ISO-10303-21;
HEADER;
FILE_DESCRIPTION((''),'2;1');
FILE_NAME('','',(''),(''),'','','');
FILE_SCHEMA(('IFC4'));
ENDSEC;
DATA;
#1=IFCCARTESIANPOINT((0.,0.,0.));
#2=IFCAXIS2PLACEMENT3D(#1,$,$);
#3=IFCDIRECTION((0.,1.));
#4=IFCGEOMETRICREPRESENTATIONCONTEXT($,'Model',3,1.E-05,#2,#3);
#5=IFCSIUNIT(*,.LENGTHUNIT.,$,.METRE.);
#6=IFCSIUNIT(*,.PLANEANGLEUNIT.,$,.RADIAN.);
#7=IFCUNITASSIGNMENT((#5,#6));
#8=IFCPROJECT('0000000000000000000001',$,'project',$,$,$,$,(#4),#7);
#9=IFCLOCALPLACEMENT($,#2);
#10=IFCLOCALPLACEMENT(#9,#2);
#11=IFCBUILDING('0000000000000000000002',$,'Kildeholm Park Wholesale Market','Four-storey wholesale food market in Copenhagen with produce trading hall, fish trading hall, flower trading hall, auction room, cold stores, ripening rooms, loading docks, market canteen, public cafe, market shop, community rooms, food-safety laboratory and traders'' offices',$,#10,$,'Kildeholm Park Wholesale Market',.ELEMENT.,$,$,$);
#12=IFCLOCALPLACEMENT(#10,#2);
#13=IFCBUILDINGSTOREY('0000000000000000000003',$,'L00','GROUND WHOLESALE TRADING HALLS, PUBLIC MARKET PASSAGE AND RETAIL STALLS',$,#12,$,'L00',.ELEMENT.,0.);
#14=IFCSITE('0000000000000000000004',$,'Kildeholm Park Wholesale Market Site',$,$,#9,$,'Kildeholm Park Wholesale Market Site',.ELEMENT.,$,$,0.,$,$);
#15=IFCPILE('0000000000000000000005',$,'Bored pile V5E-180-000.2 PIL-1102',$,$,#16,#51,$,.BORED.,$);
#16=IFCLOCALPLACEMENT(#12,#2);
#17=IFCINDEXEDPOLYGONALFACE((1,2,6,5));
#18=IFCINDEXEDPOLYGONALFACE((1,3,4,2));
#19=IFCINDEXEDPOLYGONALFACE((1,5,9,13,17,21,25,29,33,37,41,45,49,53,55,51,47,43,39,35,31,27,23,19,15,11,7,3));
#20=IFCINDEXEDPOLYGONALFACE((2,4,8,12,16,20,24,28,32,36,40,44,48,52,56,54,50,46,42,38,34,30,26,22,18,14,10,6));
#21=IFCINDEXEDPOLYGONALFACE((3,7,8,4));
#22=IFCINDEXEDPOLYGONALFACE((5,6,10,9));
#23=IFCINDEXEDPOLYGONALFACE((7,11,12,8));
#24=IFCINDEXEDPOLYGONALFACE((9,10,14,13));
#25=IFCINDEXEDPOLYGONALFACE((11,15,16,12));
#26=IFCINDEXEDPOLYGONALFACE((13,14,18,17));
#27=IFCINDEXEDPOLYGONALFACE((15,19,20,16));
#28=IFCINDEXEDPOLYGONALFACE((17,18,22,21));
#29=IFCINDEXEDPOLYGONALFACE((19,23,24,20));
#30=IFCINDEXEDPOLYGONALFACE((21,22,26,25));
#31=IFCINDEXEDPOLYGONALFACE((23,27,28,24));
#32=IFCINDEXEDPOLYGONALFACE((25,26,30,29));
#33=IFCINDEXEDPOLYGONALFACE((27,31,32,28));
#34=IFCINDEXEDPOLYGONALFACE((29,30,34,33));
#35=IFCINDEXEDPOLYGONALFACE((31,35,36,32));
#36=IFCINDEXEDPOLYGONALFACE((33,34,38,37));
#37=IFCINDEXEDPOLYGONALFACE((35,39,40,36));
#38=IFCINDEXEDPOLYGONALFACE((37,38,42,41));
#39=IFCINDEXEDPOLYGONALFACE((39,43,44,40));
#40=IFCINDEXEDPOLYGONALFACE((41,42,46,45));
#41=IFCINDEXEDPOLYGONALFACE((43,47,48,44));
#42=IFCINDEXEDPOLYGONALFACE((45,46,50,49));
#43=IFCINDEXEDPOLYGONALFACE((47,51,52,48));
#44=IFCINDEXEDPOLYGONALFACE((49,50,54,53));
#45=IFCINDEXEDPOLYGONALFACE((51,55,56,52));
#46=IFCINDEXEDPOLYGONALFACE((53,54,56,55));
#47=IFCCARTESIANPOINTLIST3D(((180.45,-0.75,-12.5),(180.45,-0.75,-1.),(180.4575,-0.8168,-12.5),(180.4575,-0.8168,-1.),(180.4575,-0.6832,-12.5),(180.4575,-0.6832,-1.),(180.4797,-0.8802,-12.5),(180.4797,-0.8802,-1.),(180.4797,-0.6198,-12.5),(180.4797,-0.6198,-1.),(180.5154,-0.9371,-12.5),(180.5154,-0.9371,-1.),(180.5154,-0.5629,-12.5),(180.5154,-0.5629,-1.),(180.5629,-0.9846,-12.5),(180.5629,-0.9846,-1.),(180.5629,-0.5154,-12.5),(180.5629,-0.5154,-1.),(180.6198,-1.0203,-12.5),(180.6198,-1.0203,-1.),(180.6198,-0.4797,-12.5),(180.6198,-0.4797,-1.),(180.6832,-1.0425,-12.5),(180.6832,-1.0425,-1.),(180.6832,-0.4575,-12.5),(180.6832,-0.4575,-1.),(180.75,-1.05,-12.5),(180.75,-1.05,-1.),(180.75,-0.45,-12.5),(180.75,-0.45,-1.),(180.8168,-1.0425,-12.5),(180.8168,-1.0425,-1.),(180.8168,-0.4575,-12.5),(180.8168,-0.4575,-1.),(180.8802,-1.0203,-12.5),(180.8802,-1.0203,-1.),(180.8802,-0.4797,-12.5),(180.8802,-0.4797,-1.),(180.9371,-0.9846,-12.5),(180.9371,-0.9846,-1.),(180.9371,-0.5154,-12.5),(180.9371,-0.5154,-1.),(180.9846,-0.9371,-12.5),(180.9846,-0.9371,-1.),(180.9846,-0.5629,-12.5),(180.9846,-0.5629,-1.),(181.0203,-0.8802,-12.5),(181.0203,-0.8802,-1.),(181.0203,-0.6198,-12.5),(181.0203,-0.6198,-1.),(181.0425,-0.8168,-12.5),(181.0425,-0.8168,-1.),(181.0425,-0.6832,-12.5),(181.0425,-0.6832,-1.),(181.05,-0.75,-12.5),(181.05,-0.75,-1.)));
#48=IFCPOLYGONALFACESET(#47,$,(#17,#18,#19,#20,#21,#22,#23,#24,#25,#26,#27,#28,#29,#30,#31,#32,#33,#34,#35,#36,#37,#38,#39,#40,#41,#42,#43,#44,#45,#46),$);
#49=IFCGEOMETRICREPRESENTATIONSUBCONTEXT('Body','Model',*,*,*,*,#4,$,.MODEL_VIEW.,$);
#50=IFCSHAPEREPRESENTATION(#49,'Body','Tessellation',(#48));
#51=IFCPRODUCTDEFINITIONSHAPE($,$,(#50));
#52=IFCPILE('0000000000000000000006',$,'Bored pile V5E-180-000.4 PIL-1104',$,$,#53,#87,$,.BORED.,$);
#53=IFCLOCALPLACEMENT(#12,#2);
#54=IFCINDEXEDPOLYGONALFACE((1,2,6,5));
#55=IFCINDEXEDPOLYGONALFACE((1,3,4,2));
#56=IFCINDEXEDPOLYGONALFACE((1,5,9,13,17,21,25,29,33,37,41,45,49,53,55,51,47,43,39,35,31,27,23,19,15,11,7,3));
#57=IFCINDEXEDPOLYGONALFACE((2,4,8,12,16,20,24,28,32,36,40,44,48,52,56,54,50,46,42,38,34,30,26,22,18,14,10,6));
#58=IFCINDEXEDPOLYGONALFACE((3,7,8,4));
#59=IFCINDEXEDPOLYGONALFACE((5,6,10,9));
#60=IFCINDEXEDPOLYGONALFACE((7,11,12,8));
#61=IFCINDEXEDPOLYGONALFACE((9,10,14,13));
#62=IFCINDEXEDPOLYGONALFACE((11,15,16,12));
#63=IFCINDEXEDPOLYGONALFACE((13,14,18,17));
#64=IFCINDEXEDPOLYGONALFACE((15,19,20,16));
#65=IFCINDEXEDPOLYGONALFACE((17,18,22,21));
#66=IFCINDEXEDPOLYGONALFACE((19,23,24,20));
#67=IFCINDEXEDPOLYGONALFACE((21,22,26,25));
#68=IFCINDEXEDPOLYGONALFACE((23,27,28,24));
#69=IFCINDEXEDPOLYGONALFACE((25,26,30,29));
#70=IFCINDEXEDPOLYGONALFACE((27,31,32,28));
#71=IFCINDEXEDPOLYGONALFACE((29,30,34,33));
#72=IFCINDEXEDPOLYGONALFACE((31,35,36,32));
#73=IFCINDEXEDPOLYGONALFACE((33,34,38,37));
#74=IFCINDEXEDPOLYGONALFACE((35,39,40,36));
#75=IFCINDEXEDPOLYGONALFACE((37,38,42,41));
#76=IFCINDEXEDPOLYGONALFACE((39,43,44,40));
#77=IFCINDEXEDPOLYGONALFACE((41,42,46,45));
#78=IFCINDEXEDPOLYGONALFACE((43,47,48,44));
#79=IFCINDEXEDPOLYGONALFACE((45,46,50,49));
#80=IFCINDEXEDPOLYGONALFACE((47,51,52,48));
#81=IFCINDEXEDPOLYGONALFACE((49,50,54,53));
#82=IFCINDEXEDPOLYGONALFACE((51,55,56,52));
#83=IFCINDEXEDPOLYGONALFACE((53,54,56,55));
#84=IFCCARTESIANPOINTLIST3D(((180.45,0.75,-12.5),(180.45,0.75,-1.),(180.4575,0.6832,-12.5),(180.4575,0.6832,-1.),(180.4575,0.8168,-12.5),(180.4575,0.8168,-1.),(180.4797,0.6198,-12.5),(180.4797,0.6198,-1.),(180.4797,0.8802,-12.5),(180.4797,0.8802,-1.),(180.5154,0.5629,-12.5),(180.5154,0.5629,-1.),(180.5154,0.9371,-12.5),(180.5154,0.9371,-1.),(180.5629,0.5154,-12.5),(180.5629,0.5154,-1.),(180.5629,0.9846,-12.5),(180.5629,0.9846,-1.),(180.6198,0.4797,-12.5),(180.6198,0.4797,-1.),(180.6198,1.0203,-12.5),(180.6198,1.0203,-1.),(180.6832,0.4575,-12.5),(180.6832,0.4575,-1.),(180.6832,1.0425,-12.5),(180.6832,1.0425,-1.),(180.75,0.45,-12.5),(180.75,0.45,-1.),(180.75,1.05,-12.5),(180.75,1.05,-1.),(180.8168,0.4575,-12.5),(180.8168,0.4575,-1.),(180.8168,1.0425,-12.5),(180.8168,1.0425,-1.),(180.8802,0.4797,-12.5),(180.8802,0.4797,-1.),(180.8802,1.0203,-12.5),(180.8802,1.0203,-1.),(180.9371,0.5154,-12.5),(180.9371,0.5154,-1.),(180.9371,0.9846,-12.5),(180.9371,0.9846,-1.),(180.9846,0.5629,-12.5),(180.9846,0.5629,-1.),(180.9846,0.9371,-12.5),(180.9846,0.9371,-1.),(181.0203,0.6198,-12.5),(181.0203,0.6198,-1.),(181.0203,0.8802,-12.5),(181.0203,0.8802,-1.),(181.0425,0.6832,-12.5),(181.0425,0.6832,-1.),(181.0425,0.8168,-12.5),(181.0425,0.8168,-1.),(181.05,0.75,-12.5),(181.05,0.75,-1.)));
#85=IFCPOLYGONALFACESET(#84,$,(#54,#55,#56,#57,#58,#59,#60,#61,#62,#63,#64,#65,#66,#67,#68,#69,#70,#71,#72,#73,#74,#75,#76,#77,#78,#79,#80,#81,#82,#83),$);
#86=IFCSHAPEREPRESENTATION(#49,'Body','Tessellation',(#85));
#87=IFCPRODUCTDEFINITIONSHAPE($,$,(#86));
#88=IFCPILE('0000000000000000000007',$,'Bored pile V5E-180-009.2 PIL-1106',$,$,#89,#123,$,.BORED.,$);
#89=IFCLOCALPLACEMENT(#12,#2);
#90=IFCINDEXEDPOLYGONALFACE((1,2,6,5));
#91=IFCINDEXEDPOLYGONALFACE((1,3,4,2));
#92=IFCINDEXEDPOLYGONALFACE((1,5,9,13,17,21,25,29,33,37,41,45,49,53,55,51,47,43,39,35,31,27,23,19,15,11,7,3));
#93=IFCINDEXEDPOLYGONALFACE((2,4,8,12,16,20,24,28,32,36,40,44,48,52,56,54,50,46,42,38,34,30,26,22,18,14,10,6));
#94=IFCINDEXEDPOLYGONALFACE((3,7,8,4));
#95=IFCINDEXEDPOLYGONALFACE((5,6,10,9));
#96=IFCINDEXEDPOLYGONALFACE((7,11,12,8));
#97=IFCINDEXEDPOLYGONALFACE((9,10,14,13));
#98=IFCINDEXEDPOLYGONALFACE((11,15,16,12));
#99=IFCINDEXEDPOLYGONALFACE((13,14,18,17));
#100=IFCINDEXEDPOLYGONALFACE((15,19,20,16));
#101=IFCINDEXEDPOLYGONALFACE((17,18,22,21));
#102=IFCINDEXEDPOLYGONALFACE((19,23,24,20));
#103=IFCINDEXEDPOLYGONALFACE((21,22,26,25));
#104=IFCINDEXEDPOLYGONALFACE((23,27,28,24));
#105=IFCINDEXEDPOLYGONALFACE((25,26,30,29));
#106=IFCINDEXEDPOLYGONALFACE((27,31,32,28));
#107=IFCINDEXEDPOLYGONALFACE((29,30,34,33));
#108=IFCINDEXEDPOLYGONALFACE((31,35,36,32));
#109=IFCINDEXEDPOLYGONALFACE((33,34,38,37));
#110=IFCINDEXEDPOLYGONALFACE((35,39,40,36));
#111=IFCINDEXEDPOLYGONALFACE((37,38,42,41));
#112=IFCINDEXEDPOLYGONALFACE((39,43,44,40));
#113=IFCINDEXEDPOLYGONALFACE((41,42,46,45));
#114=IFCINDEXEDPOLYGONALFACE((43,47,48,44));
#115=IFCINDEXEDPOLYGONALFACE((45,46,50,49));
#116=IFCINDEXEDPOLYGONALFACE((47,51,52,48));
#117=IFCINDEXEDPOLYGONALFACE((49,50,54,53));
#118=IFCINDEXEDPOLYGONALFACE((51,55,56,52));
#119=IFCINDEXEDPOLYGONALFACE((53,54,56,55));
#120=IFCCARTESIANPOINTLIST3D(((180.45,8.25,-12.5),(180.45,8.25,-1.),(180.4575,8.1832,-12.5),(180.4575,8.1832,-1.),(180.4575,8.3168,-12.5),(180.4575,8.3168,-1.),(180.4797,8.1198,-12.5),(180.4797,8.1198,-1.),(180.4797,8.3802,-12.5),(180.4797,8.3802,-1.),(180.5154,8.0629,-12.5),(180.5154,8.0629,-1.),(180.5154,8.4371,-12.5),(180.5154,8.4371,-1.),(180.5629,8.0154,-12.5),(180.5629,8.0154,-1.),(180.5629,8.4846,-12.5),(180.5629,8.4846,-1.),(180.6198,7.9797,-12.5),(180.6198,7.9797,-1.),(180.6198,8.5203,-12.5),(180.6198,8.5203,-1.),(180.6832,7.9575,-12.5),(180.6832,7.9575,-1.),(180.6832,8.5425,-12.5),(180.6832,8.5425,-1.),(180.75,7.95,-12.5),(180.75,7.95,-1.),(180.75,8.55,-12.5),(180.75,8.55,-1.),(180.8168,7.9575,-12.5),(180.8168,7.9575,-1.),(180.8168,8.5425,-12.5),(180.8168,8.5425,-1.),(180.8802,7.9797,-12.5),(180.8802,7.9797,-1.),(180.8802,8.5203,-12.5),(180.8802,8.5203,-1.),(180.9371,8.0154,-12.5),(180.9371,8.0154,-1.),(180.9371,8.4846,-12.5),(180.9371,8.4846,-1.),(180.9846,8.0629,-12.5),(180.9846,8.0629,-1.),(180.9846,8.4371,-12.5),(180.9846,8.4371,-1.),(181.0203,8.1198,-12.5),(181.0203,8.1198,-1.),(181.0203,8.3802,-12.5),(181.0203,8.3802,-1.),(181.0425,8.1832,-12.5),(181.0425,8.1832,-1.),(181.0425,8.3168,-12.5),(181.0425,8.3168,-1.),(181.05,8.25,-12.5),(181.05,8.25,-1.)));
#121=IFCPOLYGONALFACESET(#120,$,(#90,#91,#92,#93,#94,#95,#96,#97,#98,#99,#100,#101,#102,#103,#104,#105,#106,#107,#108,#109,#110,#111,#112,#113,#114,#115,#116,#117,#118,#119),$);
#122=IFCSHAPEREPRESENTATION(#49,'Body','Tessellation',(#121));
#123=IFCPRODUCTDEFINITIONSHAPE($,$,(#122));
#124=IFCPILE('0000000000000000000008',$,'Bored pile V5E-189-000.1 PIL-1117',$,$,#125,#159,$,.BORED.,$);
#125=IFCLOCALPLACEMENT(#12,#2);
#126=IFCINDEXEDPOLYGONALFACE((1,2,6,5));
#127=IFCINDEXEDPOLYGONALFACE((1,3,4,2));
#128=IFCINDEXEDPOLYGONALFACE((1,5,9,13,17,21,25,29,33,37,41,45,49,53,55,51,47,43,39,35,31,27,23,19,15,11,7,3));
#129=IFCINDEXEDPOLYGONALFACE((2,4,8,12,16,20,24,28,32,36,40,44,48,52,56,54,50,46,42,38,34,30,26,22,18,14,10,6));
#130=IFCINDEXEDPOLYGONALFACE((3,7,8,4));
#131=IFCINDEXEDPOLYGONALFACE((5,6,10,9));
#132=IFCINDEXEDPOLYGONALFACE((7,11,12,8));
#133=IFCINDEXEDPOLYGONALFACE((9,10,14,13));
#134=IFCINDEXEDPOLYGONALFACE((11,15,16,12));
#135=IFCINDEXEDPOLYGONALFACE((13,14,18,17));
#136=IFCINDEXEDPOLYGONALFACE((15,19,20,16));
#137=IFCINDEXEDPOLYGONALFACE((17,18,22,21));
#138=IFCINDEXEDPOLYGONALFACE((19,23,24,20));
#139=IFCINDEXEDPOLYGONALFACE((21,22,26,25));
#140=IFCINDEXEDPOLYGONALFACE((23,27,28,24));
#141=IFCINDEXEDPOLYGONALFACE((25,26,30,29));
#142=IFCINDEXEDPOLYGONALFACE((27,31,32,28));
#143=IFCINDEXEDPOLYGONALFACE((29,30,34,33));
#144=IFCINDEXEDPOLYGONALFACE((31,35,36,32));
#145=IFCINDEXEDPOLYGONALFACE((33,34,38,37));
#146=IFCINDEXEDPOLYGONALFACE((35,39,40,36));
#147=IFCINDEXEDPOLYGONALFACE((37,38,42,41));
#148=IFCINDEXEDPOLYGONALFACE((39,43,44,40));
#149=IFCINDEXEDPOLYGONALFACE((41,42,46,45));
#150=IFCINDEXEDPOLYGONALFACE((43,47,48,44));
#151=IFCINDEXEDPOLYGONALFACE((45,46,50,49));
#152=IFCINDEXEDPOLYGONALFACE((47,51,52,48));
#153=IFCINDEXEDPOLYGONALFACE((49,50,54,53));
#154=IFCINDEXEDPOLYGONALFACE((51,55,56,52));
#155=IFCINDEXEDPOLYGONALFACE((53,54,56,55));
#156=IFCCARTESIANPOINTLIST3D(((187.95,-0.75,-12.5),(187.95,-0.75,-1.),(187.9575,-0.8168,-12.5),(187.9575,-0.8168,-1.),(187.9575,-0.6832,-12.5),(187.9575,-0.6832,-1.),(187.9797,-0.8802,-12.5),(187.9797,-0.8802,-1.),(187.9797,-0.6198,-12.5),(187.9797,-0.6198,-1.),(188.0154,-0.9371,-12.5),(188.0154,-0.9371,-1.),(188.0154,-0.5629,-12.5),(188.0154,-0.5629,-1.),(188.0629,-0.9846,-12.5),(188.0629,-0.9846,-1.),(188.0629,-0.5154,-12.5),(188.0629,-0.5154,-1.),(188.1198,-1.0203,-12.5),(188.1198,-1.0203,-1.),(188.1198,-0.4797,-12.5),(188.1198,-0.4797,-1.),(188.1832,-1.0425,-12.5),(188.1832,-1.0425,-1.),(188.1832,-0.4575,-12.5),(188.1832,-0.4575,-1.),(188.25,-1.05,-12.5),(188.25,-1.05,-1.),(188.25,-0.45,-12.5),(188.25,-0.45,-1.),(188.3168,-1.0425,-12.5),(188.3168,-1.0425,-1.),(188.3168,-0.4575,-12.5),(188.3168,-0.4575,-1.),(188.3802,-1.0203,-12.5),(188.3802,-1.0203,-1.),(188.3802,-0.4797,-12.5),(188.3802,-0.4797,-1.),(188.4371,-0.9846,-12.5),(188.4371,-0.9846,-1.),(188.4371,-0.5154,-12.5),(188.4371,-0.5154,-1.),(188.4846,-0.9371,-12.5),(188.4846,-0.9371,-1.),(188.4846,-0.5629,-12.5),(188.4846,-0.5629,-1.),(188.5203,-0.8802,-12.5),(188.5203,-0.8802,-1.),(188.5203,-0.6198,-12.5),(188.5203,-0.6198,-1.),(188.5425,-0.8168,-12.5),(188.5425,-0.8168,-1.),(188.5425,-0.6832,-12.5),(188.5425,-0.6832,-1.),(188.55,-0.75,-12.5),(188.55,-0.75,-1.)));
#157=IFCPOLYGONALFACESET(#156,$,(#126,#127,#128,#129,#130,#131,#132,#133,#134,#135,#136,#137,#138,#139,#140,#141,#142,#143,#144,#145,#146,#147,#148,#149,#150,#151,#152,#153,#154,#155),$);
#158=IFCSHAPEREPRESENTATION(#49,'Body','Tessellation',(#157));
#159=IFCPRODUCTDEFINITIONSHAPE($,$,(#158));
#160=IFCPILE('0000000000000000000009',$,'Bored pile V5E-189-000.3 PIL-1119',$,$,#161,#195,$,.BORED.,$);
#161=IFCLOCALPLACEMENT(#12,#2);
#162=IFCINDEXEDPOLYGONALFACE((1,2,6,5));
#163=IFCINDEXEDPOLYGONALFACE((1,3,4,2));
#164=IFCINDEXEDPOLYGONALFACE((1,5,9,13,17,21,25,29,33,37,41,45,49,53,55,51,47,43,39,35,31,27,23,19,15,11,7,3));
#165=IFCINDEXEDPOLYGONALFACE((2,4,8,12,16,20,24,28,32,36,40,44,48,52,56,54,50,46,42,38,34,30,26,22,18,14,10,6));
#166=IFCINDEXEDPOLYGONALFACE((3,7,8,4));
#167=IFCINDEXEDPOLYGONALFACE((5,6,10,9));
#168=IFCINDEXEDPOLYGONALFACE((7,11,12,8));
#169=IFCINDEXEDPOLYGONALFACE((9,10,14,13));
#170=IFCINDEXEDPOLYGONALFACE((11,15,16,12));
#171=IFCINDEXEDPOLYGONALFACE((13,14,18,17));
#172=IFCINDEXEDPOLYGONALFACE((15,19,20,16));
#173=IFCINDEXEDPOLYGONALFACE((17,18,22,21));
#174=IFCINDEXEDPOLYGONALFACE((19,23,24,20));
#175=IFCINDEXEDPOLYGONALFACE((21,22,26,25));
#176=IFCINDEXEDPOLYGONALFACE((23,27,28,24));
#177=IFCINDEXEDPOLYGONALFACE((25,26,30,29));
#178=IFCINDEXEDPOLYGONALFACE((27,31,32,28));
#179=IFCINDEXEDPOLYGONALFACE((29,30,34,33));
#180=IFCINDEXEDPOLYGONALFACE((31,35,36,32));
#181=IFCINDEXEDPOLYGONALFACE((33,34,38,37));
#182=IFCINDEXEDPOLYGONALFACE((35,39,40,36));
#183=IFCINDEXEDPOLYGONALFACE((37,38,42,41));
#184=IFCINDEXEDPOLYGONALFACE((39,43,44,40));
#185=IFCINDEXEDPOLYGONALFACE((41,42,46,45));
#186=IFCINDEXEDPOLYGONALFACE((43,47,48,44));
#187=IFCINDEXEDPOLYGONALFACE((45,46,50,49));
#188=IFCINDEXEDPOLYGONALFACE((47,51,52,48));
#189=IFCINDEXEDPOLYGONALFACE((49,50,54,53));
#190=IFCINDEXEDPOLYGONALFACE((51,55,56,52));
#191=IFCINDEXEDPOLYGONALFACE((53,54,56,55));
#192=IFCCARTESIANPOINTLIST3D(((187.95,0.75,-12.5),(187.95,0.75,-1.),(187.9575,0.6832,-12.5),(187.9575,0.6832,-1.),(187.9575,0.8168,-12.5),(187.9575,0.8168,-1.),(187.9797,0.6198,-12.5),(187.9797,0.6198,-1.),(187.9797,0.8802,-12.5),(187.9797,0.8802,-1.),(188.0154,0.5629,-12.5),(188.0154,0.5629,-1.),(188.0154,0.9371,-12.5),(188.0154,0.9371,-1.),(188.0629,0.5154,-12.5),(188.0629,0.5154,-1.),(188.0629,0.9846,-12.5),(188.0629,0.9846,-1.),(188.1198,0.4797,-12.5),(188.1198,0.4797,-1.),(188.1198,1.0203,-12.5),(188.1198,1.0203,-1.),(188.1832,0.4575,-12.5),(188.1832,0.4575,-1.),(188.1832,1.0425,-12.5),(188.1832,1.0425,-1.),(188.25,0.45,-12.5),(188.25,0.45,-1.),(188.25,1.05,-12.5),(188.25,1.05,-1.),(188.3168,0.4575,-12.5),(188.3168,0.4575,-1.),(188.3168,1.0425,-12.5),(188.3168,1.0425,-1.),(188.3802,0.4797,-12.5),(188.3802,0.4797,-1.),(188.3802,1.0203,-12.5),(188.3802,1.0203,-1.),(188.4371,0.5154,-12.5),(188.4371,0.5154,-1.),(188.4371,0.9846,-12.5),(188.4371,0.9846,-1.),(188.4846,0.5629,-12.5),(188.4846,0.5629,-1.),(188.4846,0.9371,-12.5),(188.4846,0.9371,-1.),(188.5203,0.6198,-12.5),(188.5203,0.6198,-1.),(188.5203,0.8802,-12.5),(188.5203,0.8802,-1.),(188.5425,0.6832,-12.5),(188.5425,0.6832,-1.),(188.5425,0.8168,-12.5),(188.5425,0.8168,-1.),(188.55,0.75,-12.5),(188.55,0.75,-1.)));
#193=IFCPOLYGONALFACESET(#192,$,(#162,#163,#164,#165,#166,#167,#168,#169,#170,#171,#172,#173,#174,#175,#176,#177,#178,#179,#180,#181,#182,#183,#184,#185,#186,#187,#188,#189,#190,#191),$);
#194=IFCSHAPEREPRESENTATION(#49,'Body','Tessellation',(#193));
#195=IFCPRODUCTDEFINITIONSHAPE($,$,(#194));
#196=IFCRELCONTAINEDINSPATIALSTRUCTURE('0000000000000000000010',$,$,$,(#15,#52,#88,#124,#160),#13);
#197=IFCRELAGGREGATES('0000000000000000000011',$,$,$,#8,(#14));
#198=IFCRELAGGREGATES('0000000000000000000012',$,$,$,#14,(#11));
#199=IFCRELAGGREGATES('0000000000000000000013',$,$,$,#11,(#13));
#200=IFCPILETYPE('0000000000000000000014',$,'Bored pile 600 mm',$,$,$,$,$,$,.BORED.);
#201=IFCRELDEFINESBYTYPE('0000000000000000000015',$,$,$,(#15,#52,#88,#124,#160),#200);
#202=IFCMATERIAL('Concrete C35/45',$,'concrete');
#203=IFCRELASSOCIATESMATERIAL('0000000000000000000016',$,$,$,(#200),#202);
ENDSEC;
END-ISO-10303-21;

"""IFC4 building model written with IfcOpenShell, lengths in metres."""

from ifc_helpers import new_model, si_unit, direction, frame, origin, origin_2d, place, context, subcontext, project, spatial, circle, extrude, material, material_profile, profile_set, type_object, element, save


model = new_model("IFC4")

# Units and contexts
model_context = context("Model", 3, precision=1e-05, world=origin(), true_north=direction((0.0, 1.0)))
body_context = subcontext(model_context, "Body", "Model", "MODEL_VIEW")
ifc_project = project(units=[si_unit("LENGTHUNIT", "METRE"), si_unit("PLANEANGLEUNIT", "RADIAN")], contexts=[model_context])

# Site, building, storey
site_placement = place(None, origin())
site = spatial("IfcSite", under=ifc_project, at=site_placement, Name="Kildeholm Park Wholesale Market Site", LongName="Kildeholm Park Wholesale Market Site", CompositionType="ELEMENT", RefElevation=0.0)
building_placement = place(site_placement, origin())
building = spatial("IfcBuilding", under=site, at=building_placement, Name="Kildeholm Park Wholesale Market", Description="Four-storey wholesale food market in Copenhagen with produce trading hall, fish trading hall, flower trading hall, auction room, cold stores, ripening rooms, loading docks, market canteen, public cafe, market shop, community rooms, food-safety laboratory and traders' offices", LongName="Kildeholm Park Wholesale Market", CompositionType="ELEMENT")
storey_placement = place(building_placement, origin())
storey = spatial("IfcBuildingStorey", under=building, at=storey_placement, Name="L00", Description="GROUND WHOLESALE TRADING HALLS, PUBLIC MARKET PASSAGE AND RETAIL STALLS", LongName="L00", CompositionType="ELEMENT", Elevation=0.0)

# Piles
ifc_material_1 = material(Name="Concrete C35/45", Category="concrete")
ifc_material_profile_1 = material_profile(ifc_material_1, circle(Radius=0.3, at=origin_2d()), Name="PILE D600")
ifc_profile_set_1 = profile_set([ifc_material_profile_1], Name="Concrete C35/45")
pile_type = type_object("IfcPileType", Name="Bored pile 600 mm", PredefinedType="BORED", material=ifc_profile_set_1)
for number, where, z_axis, x_axis, name in (
    (1, (180.75, -0.75, -1.0), (0.0, 0.0, -1.0), (1.0, 0.0, 0.0), "Bored pile V5E-180-000.2 PIL-1102"),
    (2, (180.75, 0.75, -1.0), (0.0, 0.0, -1.0), (1.0, 0.0, 0.0), "Bored pile V5E-180-000.4 PIL-1104"),
    (3, (180.75, 8.25, -1.0), (0.0, 0.0, -1.0), (1.0, 0.0, 0.0), "Bored pile V5E-180-009.2 PIL-1106"),
    (4, (188.25, -0.75, -1.0), (0.0, 0.0, -1.0), (1.0, 0.0, 0.0), "Bored pile V5E-189-000.1 PIL-1117"),
    (5, (188.25, 0.75, -1.0), (0.0, 0.0, -1.0), (1.0, 0.0, 0.0), "Bored pile V5E-189-000.3 PIL-1119"),
):
    element("IfcPile", number, at=place(storey_placement, frame(where, z_axis=z_axis, x_axis=x_axis)), inside=storey, type_object=pile_type, Name=name, PredefinedType="BORED", context=body_context, shape_type="SweptSolid", body=[
        extrude(circle(Radius=0.3, at=origin_2d()), origin(), (0.0, 0.0, 1.0), 11.5),
    ])

save(model, "model.ifc")
